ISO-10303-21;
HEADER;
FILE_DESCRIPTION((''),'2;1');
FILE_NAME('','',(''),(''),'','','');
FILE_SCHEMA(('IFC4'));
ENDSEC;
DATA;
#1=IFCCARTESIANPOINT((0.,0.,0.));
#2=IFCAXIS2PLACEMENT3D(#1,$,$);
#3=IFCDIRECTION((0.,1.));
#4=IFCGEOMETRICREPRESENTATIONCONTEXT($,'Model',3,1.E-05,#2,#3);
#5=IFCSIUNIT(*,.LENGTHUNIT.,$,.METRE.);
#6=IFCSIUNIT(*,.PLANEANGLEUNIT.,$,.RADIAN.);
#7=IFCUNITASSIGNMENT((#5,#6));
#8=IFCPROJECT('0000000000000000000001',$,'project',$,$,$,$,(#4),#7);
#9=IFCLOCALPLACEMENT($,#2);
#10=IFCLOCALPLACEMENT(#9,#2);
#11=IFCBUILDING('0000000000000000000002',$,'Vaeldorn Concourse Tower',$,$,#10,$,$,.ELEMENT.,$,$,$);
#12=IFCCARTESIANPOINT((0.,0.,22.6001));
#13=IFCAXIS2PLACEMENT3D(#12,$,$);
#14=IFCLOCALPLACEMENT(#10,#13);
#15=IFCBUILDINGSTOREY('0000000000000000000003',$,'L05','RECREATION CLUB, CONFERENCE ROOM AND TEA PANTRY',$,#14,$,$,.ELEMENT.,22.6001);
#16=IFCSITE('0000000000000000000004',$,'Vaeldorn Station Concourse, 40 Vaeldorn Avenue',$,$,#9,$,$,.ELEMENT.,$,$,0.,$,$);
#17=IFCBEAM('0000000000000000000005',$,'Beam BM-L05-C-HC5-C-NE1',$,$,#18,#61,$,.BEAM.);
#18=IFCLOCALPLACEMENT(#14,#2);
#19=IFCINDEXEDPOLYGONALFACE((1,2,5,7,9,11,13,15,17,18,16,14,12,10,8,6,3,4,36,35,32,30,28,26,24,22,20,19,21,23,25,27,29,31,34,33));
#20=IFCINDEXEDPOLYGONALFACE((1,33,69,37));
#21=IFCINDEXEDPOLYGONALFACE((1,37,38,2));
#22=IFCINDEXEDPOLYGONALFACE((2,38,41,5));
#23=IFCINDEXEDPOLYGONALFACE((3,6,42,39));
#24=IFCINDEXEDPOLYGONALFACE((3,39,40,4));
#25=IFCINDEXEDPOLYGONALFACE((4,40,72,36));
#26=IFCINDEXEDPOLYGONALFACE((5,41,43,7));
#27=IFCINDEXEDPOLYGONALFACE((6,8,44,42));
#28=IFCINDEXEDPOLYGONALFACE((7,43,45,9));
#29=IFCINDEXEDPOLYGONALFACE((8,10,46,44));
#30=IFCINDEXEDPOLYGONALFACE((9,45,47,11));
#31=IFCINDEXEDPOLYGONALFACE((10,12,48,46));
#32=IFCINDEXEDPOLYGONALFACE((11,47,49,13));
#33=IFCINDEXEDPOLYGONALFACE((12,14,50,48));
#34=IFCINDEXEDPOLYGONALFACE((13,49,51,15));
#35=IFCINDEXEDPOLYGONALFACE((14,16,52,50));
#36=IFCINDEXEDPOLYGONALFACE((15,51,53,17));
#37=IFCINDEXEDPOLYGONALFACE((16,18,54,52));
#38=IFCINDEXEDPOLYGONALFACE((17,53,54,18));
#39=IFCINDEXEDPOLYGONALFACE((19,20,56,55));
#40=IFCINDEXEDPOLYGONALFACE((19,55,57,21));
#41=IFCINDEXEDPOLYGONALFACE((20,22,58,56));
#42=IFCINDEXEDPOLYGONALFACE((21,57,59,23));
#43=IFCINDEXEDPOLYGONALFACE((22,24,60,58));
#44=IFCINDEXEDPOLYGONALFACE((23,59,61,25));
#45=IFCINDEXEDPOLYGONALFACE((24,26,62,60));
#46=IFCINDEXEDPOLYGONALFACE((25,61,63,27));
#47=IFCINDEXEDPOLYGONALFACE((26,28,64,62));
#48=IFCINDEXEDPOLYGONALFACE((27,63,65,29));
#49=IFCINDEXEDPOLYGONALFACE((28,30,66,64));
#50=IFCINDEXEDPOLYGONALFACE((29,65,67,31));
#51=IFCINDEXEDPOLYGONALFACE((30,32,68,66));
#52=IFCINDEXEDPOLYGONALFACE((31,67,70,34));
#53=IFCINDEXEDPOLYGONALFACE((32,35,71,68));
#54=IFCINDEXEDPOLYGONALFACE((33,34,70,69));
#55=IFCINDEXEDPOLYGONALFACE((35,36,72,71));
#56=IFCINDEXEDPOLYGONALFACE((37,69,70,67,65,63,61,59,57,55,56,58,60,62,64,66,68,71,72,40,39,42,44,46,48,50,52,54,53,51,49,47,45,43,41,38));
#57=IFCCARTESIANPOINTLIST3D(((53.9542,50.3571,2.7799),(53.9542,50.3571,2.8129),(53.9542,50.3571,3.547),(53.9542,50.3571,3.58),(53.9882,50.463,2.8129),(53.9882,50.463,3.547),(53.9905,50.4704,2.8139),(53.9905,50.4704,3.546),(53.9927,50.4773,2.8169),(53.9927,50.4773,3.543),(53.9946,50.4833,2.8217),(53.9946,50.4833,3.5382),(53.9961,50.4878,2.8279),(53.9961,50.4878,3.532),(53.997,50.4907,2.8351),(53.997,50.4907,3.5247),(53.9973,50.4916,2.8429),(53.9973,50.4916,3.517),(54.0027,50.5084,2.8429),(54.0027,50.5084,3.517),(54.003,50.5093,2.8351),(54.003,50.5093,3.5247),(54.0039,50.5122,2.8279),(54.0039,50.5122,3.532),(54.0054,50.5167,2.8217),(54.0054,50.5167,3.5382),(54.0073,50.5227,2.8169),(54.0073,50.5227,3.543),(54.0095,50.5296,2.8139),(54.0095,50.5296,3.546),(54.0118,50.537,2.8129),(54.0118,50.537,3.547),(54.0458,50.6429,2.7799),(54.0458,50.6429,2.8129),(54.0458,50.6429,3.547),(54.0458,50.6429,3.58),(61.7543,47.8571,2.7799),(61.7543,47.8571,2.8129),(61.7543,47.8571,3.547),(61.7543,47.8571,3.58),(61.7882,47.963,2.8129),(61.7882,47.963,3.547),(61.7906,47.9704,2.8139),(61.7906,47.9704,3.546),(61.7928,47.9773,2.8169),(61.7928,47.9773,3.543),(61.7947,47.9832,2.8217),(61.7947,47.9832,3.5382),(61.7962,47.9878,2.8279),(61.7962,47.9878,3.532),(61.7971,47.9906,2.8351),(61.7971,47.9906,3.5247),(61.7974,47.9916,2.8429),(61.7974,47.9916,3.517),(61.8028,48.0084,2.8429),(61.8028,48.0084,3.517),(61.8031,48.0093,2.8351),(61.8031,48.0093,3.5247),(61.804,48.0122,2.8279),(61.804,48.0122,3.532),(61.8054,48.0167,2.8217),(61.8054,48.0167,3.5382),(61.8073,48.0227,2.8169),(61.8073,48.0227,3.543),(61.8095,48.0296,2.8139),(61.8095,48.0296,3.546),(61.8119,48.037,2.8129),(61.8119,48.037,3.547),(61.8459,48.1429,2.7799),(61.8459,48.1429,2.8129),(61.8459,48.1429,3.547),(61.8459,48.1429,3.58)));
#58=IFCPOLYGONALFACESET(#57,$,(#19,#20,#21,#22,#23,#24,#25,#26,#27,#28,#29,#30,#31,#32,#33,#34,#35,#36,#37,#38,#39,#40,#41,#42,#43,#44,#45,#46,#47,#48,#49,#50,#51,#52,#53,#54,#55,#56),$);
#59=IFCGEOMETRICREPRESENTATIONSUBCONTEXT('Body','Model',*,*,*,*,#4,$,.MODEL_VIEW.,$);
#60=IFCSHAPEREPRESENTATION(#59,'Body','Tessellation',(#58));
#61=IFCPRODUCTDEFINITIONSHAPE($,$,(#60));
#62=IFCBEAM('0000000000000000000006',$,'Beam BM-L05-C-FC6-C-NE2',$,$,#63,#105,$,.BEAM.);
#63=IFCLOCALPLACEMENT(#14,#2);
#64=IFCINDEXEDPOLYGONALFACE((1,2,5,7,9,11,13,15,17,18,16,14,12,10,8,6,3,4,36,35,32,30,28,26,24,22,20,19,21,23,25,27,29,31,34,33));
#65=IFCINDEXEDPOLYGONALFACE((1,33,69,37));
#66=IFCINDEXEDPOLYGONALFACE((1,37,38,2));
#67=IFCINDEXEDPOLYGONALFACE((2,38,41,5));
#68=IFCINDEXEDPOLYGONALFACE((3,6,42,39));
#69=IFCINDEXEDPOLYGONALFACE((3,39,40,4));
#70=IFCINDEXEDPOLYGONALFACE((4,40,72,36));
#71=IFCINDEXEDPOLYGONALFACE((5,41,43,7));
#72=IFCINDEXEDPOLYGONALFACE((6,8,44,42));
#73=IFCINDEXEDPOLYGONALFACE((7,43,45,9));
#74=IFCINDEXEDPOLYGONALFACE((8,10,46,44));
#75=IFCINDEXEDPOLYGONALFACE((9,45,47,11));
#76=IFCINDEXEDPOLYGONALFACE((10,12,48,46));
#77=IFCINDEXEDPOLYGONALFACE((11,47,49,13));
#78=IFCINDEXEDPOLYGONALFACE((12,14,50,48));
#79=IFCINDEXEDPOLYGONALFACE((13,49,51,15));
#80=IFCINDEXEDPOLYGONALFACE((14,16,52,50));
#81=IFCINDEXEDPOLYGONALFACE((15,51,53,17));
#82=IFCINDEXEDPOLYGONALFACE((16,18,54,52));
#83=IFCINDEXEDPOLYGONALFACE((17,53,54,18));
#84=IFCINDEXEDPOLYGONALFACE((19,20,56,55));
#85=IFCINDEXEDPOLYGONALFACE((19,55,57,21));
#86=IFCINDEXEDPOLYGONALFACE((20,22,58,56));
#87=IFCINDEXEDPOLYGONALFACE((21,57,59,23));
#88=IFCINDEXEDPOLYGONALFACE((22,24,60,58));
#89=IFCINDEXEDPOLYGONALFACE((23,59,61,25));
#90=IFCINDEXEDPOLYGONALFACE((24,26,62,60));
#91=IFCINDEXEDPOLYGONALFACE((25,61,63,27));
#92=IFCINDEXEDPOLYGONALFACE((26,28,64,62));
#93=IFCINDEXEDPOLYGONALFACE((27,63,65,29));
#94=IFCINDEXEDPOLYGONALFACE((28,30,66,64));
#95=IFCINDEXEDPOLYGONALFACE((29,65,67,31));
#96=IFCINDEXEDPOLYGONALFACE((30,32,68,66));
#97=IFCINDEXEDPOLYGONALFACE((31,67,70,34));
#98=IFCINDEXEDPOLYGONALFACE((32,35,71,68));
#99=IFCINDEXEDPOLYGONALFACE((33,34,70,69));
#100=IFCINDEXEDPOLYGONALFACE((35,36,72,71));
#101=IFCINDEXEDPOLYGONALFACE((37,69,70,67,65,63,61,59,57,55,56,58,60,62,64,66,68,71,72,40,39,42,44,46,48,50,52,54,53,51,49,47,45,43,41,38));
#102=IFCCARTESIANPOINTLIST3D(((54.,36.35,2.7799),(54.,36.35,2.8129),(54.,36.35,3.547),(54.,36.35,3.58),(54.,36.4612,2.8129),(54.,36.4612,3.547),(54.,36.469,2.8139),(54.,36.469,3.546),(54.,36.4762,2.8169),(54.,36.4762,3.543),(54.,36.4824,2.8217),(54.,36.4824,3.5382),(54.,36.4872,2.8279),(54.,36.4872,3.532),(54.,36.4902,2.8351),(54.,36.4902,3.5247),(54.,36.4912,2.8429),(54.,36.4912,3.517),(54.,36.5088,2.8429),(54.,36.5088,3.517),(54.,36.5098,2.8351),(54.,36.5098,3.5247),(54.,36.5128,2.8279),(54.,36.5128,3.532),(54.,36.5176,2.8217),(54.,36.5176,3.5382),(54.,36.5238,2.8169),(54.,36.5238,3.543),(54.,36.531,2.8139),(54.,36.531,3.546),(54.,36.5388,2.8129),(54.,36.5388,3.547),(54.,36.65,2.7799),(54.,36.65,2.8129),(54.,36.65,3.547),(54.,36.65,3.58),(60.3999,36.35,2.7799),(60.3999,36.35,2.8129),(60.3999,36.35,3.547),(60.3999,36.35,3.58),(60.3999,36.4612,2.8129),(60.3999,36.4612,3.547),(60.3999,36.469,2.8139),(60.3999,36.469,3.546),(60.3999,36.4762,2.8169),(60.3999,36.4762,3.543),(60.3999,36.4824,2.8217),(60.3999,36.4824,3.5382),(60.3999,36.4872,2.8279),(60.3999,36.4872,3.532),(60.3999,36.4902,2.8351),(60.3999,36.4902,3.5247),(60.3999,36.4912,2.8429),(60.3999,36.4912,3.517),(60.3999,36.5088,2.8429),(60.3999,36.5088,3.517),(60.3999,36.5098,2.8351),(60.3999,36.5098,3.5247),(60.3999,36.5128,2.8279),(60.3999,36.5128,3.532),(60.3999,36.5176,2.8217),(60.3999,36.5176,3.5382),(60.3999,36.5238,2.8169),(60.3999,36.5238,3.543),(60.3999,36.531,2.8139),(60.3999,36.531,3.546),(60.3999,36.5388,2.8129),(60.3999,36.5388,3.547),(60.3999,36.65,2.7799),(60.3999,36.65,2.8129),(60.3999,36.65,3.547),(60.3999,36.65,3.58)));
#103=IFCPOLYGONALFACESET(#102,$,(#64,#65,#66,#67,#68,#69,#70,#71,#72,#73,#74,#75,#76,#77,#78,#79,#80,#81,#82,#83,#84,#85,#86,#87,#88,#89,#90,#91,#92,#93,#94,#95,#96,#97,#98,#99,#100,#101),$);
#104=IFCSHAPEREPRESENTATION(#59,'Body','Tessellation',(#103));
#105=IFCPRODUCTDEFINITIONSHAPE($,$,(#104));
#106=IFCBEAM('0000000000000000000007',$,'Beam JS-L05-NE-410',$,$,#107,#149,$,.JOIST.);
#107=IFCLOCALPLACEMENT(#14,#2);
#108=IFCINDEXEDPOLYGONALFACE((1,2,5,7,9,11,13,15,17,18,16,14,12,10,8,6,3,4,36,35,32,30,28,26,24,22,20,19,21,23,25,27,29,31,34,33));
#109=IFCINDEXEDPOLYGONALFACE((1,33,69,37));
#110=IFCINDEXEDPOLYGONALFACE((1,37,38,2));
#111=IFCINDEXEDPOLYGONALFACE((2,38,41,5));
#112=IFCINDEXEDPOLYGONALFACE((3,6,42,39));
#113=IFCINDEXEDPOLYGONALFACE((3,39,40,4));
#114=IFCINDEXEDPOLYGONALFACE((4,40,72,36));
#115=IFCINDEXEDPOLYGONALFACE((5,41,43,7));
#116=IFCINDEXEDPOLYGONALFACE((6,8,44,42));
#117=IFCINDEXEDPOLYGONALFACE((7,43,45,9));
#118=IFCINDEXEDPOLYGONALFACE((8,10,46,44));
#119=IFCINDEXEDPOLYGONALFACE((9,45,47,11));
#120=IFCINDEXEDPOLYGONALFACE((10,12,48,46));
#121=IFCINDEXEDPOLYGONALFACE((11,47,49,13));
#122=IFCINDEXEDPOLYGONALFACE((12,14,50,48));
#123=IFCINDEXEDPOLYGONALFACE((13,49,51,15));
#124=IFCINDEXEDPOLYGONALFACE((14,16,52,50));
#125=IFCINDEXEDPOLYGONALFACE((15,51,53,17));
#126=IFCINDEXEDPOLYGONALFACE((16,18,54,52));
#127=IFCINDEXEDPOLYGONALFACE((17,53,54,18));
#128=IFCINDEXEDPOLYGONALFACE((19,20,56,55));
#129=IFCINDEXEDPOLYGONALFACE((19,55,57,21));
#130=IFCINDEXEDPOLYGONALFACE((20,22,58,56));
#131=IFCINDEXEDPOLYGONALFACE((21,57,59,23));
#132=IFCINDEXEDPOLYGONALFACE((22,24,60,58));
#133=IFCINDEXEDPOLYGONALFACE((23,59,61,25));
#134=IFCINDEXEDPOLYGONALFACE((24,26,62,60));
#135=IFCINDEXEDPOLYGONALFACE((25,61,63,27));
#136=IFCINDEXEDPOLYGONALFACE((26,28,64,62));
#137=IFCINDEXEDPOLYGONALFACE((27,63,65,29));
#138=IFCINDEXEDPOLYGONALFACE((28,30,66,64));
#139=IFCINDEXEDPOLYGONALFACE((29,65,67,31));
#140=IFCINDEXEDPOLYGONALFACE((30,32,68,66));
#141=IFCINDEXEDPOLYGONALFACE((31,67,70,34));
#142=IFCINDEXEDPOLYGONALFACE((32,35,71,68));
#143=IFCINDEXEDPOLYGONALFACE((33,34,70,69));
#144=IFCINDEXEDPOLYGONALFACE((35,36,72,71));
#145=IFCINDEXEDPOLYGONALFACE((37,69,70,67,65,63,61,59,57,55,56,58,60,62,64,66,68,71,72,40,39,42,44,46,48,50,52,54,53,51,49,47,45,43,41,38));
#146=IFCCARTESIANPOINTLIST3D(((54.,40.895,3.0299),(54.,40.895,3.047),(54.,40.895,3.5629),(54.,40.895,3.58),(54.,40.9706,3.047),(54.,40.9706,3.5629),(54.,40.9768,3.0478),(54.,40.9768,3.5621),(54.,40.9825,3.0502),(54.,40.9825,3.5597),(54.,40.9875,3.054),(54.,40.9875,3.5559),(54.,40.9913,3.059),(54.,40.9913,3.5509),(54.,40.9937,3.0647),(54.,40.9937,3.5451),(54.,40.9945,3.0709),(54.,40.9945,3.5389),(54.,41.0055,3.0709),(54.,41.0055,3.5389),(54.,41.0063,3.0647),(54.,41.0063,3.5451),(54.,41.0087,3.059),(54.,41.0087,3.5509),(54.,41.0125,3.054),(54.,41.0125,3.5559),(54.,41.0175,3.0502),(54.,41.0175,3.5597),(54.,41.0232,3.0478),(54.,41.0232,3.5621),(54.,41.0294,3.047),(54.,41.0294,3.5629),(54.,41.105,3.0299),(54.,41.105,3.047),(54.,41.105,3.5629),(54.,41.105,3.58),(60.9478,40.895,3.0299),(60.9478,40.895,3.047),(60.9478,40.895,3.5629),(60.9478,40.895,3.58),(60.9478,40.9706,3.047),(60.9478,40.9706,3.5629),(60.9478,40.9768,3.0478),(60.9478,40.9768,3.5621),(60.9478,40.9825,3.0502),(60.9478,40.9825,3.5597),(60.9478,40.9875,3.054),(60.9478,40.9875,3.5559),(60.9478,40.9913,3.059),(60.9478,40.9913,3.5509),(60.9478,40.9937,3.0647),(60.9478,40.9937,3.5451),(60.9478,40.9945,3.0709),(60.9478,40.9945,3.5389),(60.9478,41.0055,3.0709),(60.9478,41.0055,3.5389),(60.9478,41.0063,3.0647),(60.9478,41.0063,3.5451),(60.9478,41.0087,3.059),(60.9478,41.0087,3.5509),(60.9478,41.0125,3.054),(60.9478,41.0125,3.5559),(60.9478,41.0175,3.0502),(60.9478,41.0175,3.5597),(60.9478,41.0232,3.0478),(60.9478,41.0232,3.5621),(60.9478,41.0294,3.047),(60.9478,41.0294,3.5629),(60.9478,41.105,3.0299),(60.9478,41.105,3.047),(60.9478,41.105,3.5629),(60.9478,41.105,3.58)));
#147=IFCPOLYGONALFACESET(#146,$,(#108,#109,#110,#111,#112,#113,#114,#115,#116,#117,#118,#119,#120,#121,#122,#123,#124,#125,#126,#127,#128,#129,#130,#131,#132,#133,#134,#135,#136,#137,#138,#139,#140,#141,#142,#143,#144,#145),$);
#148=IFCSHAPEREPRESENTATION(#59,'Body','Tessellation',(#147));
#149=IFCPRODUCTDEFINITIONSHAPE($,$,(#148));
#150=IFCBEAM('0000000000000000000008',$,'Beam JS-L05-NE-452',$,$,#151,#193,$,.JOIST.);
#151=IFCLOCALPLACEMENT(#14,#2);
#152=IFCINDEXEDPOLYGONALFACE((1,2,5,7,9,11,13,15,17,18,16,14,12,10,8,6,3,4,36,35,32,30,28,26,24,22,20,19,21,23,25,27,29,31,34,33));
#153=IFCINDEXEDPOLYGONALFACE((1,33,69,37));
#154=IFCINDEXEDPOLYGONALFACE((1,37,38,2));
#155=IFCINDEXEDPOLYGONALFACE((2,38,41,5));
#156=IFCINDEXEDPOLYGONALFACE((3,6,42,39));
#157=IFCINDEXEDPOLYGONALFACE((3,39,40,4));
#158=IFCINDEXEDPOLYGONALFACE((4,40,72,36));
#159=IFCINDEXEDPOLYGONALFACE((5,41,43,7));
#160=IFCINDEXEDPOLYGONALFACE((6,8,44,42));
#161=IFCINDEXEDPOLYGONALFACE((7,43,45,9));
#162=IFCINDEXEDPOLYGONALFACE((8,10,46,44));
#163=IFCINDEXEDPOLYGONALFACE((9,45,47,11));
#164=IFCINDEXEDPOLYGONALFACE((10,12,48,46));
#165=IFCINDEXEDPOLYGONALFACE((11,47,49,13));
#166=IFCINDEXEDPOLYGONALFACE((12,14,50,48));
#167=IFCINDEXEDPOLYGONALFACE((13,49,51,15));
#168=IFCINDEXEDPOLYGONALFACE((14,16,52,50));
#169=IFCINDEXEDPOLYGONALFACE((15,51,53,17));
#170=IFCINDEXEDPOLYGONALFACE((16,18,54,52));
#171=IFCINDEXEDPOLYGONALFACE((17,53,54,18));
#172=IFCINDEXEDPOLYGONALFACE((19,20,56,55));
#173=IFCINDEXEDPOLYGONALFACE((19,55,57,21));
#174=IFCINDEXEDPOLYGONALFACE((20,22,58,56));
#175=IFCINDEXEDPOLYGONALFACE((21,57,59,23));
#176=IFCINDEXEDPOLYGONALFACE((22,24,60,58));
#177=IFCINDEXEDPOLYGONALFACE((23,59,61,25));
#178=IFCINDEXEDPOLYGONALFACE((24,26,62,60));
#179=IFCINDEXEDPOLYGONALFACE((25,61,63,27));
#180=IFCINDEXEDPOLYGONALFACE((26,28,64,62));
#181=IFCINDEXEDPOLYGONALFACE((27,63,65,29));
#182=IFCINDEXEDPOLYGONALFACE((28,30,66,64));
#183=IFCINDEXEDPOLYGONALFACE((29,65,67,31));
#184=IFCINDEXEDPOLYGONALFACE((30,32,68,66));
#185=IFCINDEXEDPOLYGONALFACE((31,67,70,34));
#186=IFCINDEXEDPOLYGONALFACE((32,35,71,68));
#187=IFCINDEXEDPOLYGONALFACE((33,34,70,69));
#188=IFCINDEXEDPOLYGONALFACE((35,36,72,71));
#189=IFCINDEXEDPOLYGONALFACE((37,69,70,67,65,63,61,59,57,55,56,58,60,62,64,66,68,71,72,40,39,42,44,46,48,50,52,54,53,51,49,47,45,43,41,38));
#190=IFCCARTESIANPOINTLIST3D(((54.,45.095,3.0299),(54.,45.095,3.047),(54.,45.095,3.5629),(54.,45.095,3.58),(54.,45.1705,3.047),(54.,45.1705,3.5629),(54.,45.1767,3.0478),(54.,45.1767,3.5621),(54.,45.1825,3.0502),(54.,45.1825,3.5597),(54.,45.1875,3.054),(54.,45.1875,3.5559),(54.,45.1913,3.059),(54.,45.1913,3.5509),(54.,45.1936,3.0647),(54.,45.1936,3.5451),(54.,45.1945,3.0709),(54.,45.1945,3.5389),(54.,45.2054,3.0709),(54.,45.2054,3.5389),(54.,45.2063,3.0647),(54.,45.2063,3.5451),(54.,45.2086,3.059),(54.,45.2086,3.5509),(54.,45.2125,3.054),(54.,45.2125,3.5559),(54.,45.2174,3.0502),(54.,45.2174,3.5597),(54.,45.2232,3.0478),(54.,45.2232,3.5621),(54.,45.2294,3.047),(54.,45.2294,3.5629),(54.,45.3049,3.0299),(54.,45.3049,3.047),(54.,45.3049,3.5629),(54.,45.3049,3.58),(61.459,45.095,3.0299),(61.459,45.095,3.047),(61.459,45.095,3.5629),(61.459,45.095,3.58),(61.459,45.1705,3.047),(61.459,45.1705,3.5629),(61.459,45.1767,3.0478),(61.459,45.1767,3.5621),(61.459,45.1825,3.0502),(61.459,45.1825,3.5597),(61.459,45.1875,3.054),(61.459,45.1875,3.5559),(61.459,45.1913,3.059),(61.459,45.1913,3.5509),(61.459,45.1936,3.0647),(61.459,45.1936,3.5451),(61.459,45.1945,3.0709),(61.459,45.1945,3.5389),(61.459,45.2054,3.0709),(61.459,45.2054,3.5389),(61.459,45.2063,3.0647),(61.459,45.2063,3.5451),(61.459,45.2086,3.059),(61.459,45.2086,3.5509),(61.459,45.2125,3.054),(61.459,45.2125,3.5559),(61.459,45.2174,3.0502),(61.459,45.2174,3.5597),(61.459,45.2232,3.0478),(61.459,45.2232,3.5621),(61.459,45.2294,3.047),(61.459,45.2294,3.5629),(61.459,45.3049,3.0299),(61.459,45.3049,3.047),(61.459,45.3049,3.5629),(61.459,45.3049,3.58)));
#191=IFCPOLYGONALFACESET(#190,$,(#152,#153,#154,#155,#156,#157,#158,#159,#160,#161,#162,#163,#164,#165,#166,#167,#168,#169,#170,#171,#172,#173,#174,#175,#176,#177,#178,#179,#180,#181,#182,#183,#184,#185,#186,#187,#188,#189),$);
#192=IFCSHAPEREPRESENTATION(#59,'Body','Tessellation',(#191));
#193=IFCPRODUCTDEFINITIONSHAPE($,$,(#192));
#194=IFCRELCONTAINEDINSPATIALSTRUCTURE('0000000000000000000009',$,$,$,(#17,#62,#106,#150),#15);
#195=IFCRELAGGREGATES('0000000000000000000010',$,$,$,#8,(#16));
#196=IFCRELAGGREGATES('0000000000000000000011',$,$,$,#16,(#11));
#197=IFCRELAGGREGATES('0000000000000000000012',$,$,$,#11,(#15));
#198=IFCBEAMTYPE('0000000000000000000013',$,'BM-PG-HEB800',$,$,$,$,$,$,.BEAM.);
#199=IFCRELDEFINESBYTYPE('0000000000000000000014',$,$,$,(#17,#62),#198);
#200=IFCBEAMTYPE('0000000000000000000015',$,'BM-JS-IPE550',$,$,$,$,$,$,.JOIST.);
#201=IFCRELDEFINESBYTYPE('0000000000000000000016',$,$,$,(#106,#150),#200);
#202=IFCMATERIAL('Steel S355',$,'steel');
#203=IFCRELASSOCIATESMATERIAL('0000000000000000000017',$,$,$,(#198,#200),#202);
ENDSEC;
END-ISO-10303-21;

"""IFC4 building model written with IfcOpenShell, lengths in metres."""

from ifc_helpers import new_model, si_unit, direction, frame, origin, origin_2d, place, context, subcontext, project, spatial, i_section, extrude, source, transform, mapped, material, material_profile, profile_set, type_object, element, save


model = new_model("IFC4")

# Units and contexts
model_context = context("Model", 3, precision=1e-05, world=origin(), true_north=direction((0.0, 1.0)))
body_context = subcontext(model_context, "Body", "Model", "MODEL_VIEW")
ifc_project = project(units=[si_unit("LENGTHUNIT", "METRE"), si_unit("PLANEANGLEUNIT", "RADIAN")], contexts=[model_context])

# Site, building, storey
site_placement = place(None, origin())
site = spatial("IfcSite", under=ifc_project, at=site_placement, Name="Vaeldorn Station Concourse, 40 Vaeldorn Avenue", CompositionType="ELEMENT", RefElevation=0.0)
building_placement = place(site_placement, origin())
building = spatial("IfcBuilding", under=site, at=building_placement, Name="Vaeldorn Concourse Tower", CompositionType="ELEMENT")
storey_placement = place(building_placement, frame((0.0, 0.0, 22.6001)))
storey = spatial("IfcBuildingStorey", under=building, at=storey_placement, Name="L05", Description="RECREATION CLUB, CONFERENCE ROOM AND TEA PANTRY", CompositionType="ELEMENT", Elevation=22.6001)

# Beams
ifc_material_1 = material(Name="Steel S355", Category="steel")
ifc_material_profile_1 = material_profile(ifc_material_1, i_section(OverallWidth=0.3, OverallDepth=0.8, WebThickness=0.0176, FlangeThickness=0.033, FilletRadius=0.03, at=origin_2d()), Name="HEB 800")
ifc_profile_set_1 = profile_set([ifc_material_profile_1], Name="Steel S355")
beam_type_1 = type_object("IfcBeamType", Name="BM-PG-HEB800", PredefinedType="BEAM", material=ifc_profile_set_1)
shared_shape_1 = source(origin(), body_context, "Body", "SweptSolid", [
    extrude(i_section(OverallWidth=0.3, OverallDepth=0.8, WebThickness=0.0176, FlangeThickness=0.033, FilletRadius=0.03, at=origin_2d()), origin(), (0.0, 0.0, 1.0), 8.1909),
])
beam_1_placement = place(storey_placement, frame((54.0, 50.5, 3.1799), z_axis=(0.952283, -0.305217, 0.0), x_axis=(0.305217, 0.952283, 0.0)))
element("IfcBeam", 1, at=beam_1_placement, inside=storey, type_object=beam_type_1, Name="Beam BM-L05-C-HC5-C-NE1", PredefinedType="BEAM", context=body_context, shape_type="MappedRepresentation", body=[
    mapped(shared_shape_1, transform((0.0, 0.0, 0.0), scale=1.0)),
])
shared_shape_2 = source(origin(), body_context, "Body", "SweptSolid", [
    extrude(i_section(OverallWidth=0.3, OverallDepth=0.8, WebThickness=0.0176, FlangeThickness=0.033, FilletRadius=0.03, at=origin_2d()), origin(), (0.0, 0.0, 1.0), 6.3999),
])
beam_2_placement = place(storey_placement, frame((54.0, 36.5, 3.1799), z_axis=(1.0, 0.0, 0.0), x_axis=(0.0, 1.0, 0.0)))
element("IfcBeam", 2, at=beam_2_placement, inside=storey, type_object=beam_type_1, Name="Beam BM-L05-C-FC6-C-NE2", PredefinedType="BEAM", context=body_context, shape_type="MappedRepresentation", body=[
    mapped(shared_shape_2, transform((0.0, 0.0, 0.0), scale=1.0)),
])
ifc_material_profile_2 = material_profile(ifc_material_1, i_section(OverallWidth=0.21, OverallDepth=0.55, WebThickness=0.011, FlangeThickness=0.0171, FilletRadius=0.0239, at=origin_2d()), Name="IPE 550")
ifc_profile_set_2 = profile_set([ifc_material_profile_2], Name="Steel S355")
beam_type_2 = type_object("IfcBeamType", Name="BM-JS-IPE550", PredefinedType="JOIST", material=ifc_profile_set_2)
shared_shape_3 = source(origin(), body_context, "Body", "SweptSolid", [
    extrude(i_section(OverallWidth=0.21, OverallDepth=0.55, WebThickness=0.011, FlangeThickness=0.0171, FilletRadius=0.0239, at=origin_2d()), origin(), (0.0, 0.0, 1.0), 6.9478),
])
beam_3_placement = place(storey_placement, frame((54.0, 41.0, 3.3049), z_axis=(1.0, 0.0, 0.0), x_axis=(0.0, 1.0, 0.0)))
element("IfcBeam", 3, at=beam_3_placement, inside=storey, type_object=beam_type_2, Name="Beam JS-L05-NE-410", PredefinedType="JOIST", context=body_context, shape_type="MappedRepresentation", body=[
    mapped(shared_shape_3, transform((0.0, 0.0, 0.0), scale=1.0)),
])
shared_shape_4 = source(origin(), body_context, "Body", "SweptSolid", [
    extrude(i_section(OverallWidth=0.21, OverallDepth=0.55, WebThickness=0.011, FlangeThickness=0.0171, FilletRadius=0.0239, at=origin_2d()), origin(), (0.0, 0.0, 1.0), 7.459),
])
beam_4_placement = place(storey_placement, frame((54.0, 45.2, 3.3049), z_axis=(1.0, 0.0, 0.0), x_axis=(0.0, 1.0, 0.0)))
element("IfcBeam", 4, at=beam_4_placement, inside=storey, type_object=beam_type_2, Name="Beam JS-L05-NE-452", PredefinedType="JOIST", context=body_context, shape_type="MappedRepresentation", body=[
    mapped(shared_shape_4, transform((0.0, 0.0, 0.0), scale=1.0)),
])

save(model, "model.ifc")
